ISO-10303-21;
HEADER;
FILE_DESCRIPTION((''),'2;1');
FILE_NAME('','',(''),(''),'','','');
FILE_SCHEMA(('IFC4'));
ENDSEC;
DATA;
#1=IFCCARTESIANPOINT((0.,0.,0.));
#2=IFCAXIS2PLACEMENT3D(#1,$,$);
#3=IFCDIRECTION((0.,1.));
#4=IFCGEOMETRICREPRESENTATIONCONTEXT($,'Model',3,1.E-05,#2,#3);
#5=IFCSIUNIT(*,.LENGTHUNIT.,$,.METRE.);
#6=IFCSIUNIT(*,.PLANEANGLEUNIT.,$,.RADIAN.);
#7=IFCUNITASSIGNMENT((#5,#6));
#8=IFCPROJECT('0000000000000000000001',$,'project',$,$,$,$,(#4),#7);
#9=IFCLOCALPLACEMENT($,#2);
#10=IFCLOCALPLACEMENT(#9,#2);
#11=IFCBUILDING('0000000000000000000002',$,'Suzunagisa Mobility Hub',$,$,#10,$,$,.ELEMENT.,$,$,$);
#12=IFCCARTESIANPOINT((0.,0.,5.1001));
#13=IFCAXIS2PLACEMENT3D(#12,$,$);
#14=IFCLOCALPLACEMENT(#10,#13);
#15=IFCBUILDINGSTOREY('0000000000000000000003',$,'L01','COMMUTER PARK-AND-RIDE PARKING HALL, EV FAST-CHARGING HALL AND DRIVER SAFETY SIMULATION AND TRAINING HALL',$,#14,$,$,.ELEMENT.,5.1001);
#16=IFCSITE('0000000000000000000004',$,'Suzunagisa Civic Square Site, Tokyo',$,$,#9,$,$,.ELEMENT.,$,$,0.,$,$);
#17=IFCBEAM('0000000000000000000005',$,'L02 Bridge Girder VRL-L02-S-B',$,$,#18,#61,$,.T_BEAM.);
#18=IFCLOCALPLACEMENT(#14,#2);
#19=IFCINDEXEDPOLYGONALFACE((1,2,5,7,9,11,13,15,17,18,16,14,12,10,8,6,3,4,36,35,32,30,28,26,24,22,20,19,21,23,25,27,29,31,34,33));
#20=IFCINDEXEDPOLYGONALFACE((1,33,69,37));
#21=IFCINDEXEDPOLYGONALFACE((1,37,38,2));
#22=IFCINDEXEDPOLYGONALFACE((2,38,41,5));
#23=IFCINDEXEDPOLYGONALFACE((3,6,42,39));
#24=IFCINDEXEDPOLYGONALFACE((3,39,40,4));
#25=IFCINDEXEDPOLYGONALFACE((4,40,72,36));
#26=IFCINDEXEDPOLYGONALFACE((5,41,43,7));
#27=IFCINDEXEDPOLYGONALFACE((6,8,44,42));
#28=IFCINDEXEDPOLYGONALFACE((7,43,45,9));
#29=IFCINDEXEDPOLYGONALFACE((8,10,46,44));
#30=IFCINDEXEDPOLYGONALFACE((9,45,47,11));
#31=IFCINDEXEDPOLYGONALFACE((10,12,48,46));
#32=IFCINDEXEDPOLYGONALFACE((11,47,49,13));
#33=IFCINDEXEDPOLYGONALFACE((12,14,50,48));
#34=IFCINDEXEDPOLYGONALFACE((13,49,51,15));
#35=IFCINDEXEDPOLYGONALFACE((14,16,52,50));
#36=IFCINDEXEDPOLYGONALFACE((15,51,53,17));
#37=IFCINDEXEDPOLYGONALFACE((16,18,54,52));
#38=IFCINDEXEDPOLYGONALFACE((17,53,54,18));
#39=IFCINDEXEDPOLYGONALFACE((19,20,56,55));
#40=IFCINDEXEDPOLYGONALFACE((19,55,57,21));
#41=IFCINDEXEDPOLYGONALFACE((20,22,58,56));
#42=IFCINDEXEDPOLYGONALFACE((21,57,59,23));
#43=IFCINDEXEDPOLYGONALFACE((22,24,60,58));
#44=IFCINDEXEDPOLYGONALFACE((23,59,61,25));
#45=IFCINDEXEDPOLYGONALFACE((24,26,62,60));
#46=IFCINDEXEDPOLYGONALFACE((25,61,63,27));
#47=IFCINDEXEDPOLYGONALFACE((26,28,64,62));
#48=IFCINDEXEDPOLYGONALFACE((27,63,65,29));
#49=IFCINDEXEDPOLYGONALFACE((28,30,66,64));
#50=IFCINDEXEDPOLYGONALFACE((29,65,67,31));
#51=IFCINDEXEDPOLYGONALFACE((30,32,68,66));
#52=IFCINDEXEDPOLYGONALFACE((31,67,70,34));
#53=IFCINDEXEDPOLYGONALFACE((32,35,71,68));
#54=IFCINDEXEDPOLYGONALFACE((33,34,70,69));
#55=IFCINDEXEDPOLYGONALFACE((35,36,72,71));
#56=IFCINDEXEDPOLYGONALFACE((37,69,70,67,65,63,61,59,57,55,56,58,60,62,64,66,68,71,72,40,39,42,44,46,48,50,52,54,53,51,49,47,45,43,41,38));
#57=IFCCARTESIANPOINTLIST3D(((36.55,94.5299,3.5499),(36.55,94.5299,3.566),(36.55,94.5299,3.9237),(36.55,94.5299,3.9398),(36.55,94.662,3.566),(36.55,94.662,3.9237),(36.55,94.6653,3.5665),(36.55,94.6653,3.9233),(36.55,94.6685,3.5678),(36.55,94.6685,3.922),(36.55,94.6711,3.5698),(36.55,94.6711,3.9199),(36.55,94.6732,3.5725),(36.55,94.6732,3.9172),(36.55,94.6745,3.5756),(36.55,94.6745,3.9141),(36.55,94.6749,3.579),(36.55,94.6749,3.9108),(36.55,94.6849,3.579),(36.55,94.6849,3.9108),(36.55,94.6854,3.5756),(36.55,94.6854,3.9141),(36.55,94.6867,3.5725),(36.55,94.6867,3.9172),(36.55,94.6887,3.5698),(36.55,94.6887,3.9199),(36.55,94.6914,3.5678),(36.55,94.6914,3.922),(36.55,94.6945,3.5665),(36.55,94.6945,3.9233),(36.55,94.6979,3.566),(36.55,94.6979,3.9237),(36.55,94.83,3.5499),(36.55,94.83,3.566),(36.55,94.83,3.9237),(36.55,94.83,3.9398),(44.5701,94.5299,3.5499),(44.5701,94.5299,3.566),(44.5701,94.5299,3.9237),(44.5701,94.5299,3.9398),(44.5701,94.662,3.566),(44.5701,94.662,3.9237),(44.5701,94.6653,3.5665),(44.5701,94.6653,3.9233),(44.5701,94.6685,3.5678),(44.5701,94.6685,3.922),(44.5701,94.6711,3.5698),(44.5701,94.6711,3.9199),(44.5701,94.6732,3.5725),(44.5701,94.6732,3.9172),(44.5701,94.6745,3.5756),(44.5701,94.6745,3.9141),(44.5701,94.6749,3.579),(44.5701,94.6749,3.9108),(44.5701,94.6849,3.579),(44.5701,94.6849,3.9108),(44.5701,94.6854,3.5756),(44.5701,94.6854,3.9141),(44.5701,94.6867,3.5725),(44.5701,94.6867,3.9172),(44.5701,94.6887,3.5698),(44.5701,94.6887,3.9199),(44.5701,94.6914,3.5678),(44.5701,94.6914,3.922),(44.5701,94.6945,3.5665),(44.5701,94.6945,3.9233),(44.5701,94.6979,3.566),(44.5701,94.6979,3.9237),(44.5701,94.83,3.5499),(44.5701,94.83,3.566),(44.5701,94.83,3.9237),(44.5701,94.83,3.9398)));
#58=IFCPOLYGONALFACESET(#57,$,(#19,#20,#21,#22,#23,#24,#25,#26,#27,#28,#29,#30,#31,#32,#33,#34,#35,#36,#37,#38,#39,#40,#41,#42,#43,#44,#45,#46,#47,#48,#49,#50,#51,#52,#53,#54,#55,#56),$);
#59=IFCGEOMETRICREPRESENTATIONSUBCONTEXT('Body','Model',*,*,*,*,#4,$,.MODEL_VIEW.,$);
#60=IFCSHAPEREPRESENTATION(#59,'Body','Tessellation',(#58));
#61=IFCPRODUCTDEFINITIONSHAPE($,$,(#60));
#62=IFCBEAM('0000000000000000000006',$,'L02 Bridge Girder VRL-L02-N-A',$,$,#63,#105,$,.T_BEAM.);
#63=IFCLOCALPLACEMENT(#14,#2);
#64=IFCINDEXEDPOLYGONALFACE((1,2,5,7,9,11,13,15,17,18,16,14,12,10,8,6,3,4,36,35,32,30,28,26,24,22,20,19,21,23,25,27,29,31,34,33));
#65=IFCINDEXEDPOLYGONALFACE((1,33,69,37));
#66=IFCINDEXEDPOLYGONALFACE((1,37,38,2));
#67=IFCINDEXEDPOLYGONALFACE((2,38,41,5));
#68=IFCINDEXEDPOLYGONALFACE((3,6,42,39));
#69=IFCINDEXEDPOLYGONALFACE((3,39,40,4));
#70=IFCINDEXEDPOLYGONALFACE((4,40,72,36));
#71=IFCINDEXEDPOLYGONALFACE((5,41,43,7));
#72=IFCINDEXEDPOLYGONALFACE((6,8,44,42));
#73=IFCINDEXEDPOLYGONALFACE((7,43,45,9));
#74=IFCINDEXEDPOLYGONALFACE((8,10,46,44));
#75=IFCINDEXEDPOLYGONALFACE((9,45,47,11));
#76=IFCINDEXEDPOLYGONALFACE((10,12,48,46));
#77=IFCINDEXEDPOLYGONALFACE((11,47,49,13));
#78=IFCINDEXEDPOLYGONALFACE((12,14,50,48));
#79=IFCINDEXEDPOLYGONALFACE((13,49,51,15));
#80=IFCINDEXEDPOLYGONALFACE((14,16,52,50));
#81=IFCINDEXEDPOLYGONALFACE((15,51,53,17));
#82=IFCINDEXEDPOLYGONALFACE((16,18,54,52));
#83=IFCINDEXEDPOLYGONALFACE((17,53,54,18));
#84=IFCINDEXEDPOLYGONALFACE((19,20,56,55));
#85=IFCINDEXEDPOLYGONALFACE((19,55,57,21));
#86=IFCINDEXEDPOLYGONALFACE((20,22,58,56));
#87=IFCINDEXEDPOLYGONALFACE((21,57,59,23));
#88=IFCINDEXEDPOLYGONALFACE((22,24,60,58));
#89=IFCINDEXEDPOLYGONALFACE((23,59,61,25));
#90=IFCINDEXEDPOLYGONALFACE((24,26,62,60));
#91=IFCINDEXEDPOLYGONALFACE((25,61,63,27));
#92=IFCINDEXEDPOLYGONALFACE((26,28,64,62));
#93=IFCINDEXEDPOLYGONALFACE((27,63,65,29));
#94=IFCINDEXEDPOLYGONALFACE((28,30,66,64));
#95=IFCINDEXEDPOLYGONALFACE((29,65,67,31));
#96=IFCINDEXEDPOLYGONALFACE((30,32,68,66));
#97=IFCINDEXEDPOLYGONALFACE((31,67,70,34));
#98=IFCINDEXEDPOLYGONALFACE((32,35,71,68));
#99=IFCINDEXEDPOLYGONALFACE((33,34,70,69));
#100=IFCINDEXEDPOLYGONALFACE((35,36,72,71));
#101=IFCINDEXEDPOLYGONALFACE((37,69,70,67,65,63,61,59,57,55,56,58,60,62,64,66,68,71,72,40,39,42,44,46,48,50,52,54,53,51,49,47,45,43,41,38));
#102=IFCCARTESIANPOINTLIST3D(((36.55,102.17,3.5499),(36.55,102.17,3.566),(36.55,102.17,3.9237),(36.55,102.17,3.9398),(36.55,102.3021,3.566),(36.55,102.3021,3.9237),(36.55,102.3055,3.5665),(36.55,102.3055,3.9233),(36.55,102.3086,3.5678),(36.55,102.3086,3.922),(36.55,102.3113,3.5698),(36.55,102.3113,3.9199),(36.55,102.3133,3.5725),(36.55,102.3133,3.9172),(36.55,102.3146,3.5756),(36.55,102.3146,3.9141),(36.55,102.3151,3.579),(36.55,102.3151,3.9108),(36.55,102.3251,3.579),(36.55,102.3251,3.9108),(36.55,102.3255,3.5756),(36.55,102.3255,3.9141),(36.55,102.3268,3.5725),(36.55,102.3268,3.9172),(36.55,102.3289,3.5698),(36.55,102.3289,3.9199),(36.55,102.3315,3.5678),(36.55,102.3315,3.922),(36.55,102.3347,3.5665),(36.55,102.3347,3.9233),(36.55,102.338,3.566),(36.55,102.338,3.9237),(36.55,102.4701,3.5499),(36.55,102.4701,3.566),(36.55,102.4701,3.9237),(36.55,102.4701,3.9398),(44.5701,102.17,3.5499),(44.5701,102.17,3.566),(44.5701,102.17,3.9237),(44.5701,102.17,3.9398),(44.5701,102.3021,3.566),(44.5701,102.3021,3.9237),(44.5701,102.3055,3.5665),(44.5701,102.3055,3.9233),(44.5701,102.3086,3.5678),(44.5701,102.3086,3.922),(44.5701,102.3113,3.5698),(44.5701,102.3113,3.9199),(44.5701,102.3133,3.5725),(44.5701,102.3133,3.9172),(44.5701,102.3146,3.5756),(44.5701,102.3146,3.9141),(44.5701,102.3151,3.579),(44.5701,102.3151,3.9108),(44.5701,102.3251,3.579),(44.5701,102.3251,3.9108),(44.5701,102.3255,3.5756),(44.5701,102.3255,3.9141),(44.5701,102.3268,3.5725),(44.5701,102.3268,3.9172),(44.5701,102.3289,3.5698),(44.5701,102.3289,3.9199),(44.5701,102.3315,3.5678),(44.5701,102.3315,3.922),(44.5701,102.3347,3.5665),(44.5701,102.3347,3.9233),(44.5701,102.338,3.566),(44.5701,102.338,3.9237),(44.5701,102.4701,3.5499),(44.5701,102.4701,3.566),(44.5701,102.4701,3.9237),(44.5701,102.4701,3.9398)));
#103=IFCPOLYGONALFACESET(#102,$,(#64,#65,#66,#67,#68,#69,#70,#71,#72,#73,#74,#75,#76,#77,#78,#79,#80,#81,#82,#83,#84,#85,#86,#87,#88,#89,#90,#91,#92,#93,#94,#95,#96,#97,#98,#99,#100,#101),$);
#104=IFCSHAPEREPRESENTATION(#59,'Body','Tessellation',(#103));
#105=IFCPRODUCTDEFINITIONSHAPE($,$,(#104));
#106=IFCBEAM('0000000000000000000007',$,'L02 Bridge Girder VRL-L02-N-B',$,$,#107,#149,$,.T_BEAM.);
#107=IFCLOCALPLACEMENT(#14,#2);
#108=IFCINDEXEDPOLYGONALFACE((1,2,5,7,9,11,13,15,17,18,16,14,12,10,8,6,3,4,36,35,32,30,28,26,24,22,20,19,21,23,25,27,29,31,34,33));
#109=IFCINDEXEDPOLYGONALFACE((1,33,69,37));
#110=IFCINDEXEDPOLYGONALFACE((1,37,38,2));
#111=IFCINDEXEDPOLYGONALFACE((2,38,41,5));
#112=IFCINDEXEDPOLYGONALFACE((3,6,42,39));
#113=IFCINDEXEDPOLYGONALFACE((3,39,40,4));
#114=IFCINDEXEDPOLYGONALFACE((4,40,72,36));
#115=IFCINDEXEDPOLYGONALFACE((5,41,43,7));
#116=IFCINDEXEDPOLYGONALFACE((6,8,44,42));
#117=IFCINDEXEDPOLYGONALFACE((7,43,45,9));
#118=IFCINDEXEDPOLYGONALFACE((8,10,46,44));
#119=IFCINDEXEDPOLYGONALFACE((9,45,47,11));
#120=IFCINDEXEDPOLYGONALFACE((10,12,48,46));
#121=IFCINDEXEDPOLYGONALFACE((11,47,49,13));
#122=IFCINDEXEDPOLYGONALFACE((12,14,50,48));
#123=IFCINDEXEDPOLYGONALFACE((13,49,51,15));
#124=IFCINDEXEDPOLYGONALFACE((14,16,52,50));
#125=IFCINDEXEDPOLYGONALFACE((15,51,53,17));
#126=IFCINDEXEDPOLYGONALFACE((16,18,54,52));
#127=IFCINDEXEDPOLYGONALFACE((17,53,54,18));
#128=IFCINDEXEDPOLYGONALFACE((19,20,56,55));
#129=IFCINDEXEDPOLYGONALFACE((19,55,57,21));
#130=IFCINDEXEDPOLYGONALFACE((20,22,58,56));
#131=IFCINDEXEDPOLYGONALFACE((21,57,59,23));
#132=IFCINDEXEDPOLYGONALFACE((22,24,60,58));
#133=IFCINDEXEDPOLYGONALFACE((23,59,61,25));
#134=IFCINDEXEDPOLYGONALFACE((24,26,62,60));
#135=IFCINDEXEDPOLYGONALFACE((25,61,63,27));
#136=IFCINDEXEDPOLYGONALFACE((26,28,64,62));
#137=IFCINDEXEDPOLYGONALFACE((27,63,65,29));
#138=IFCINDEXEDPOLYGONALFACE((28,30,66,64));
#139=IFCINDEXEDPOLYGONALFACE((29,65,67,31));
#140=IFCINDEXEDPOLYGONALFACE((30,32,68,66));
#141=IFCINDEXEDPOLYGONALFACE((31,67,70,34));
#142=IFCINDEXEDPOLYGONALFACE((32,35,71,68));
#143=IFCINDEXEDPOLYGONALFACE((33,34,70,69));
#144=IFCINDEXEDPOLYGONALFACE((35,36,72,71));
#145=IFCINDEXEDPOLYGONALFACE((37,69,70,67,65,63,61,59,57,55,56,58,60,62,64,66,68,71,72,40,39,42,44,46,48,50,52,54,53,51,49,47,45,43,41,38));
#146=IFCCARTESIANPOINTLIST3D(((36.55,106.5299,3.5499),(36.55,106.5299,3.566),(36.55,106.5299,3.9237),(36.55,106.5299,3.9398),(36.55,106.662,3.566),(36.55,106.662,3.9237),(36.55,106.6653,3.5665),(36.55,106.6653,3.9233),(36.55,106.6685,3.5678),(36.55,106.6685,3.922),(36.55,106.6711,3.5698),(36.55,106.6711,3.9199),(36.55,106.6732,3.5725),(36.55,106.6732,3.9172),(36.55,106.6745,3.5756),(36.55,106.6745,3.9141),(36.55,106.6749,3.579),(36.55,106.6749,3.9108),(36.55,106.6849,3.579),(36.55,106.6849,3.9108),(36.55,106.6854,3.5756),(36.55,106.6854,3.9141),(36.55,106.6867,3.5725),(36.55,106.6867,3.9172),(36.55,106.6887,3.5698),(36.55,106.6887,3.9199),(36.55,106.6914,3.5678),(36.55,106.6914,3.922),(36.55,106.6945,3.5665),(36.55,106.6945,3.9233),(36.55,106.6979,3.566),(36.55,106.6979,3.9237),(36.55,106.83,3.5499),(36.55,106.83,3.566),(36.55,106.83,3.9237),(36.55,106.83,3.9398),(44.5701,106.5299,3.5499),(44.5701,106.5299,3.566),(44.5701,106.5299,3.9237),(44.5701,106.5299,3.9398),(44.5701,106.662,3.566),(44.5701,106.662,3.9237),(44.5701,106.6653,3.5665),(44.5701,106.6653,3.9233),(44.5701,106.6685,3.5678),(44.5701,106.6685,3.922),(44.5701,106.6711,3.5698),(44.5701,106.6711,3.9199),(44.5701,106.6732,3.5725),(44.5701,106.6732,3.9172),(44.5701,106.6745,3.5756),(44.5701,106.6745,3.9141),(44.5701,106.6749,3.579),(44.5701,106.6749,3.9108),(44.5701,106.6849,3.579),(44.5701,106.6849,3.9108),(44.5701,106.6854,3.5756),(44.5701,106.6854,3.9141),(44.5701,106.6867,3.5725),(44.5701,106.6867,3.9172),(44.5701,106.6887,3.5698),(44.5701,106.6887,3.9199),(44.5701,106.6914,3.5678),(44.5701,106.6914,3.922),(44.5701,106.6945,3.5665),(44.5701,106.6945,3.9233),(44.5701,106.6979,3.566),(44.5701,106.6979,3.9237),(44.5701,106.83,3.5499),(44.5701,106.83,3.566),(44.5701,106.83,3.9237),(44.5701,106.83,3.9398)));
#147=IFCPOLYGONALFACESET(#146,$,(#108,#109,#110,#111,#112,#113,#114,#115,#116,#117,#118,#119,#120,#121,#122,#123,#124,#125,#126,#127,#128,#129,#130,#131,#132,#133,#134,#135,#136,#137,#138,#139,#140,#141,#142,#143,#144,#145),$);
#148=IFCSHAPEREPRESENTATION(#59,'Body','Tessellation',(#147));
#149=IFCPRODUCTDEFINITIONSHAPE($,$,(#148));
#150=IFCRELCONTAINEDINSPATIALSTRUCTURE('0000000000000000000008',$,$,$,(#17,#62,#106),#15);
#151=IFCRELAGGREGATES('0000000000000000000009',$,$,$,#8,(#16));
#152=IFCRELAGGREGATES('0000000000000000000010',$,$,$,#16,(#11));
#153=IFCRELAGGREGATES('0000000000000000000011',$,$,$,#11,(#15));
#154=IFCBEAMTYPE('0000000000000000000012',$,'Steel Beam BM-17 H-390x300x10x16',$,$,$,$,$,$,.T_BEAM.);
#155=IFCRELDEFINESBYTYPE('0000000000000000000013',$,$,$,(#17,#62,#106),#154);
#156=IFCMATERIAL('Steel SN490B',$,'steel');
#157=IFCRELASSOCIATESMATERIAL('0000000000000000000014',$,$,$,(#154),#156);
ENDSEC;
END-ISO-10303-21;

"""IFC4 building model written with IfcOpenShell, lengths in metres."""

from ifc_helpers import new_model, si_unit, direction, frame, origin, origin_2d, place, context, subcontext, project, spatial, i_section, extrude, material, material_profile, profile_set, type_object, element, save


model = new_model("IFC4")

# Units and contexts
model_context = context("Model", 3, precision=1e-05, world=origin(), true_north=direction((0.0, 1.0)))
body_context = subcontext(model_context, "Body", "Model", "MODEL_VIEW")
ifc_project = project(units=[si_unit("LENGTHUNIT", "METRE"), si_unit("PLANEANGLEUNIT", "RADIAN")], contexts=[model_context])

# Site, building, storey
site_placement = place(None, origin())
site = spatial("IfcSite", under=ifc_project, at=site_placement, Name="Suzunagisa Civic Square Site, Tokyo", CompositionType="ELEMENT", RefElevation=0.0)
building_placement = place(site_placement, origin())
building = spatial("IfcBuilding", under=site, at=building_placement, Name="Suzunagisa Mobility Hub", CompositionType="ELEMENT")
storey_placement = place(building_placement, frame((0.0, 0.0, 5.1001)))
storey = spatial("IfcBuildingStorey", under=building, at=storey_placement, Name="L01", Description="COMMUTER PARK-AND-RIDE PARKING HALL, EV FAST-CHARGING HALL AND DRIVER SAFETY SIMULATION AND TRAINING HALL", CompositionType="ELEMENT", Elevation=5.1001)

# Shared definitions
ifc_material_1 = material(Name="Steel SN490B", Category="steel")

# Beams
ifc_material_profile_1 = material_profile(ifc_material_1, i_section(OverallWidth=0.3, OverallDepth=0.3899, WebThickness=0.01, FlangeThickness=0.0161, FilletRadius=0.0129, at=origin_2d()), Name="H-390x300x10x16")
ifc_profile_set_1 = profile_set([ifc_material_profile_1], Name="Steel SN490B")
beam_type_1 = type_object("IfcBeamType", Name="Steel Beam BM-17 H-390x300x10x16", PredefinedType="T_BEAM", material=ifc_profile_set_1)
for number, where, z_axis, x_axis, name in (
    (1, (36.55, 94.6799, 3.7449), (1.0, 0.0, 0.0), (0.0, 1.0, 0.0), "L02 Bridge Girder VRL-L02-S-B"),
    (2, (36.55, 102.3201, 3.7449), (1.0, 0.0, 0.0), (0.0, 1.0, 0.0), "L02 Bridge Girder VRL-L02-N-A"),
    (3, (36.55, 106.6799, 3.7449), (1.0, 0.0, 0.0), (0.0, 1.0, 0.0), "L02 Bridge Girder VRL-L02-N-B"),
):
    element("IfcBeam", number, at=place(storey_placement, frame(where, z_axis=z_axis, x_axis=x_axis)), inside=storey, type_object=beam_type_1, Name=name, PredefinedType="T_BEAM", context=body_context, shape_type="SweptSolid", body=[
        extrude(i_section(OverallWidth=0.3, OverallDepth=0.3899, WebThickness=0.01, FlangeThickness=0.0161, FilletRadius=0.0129, at=origin_2d()), origin(), (0.0, 0.0, 1.0), 8.02),
    ])

save(model, "model.ifc")
